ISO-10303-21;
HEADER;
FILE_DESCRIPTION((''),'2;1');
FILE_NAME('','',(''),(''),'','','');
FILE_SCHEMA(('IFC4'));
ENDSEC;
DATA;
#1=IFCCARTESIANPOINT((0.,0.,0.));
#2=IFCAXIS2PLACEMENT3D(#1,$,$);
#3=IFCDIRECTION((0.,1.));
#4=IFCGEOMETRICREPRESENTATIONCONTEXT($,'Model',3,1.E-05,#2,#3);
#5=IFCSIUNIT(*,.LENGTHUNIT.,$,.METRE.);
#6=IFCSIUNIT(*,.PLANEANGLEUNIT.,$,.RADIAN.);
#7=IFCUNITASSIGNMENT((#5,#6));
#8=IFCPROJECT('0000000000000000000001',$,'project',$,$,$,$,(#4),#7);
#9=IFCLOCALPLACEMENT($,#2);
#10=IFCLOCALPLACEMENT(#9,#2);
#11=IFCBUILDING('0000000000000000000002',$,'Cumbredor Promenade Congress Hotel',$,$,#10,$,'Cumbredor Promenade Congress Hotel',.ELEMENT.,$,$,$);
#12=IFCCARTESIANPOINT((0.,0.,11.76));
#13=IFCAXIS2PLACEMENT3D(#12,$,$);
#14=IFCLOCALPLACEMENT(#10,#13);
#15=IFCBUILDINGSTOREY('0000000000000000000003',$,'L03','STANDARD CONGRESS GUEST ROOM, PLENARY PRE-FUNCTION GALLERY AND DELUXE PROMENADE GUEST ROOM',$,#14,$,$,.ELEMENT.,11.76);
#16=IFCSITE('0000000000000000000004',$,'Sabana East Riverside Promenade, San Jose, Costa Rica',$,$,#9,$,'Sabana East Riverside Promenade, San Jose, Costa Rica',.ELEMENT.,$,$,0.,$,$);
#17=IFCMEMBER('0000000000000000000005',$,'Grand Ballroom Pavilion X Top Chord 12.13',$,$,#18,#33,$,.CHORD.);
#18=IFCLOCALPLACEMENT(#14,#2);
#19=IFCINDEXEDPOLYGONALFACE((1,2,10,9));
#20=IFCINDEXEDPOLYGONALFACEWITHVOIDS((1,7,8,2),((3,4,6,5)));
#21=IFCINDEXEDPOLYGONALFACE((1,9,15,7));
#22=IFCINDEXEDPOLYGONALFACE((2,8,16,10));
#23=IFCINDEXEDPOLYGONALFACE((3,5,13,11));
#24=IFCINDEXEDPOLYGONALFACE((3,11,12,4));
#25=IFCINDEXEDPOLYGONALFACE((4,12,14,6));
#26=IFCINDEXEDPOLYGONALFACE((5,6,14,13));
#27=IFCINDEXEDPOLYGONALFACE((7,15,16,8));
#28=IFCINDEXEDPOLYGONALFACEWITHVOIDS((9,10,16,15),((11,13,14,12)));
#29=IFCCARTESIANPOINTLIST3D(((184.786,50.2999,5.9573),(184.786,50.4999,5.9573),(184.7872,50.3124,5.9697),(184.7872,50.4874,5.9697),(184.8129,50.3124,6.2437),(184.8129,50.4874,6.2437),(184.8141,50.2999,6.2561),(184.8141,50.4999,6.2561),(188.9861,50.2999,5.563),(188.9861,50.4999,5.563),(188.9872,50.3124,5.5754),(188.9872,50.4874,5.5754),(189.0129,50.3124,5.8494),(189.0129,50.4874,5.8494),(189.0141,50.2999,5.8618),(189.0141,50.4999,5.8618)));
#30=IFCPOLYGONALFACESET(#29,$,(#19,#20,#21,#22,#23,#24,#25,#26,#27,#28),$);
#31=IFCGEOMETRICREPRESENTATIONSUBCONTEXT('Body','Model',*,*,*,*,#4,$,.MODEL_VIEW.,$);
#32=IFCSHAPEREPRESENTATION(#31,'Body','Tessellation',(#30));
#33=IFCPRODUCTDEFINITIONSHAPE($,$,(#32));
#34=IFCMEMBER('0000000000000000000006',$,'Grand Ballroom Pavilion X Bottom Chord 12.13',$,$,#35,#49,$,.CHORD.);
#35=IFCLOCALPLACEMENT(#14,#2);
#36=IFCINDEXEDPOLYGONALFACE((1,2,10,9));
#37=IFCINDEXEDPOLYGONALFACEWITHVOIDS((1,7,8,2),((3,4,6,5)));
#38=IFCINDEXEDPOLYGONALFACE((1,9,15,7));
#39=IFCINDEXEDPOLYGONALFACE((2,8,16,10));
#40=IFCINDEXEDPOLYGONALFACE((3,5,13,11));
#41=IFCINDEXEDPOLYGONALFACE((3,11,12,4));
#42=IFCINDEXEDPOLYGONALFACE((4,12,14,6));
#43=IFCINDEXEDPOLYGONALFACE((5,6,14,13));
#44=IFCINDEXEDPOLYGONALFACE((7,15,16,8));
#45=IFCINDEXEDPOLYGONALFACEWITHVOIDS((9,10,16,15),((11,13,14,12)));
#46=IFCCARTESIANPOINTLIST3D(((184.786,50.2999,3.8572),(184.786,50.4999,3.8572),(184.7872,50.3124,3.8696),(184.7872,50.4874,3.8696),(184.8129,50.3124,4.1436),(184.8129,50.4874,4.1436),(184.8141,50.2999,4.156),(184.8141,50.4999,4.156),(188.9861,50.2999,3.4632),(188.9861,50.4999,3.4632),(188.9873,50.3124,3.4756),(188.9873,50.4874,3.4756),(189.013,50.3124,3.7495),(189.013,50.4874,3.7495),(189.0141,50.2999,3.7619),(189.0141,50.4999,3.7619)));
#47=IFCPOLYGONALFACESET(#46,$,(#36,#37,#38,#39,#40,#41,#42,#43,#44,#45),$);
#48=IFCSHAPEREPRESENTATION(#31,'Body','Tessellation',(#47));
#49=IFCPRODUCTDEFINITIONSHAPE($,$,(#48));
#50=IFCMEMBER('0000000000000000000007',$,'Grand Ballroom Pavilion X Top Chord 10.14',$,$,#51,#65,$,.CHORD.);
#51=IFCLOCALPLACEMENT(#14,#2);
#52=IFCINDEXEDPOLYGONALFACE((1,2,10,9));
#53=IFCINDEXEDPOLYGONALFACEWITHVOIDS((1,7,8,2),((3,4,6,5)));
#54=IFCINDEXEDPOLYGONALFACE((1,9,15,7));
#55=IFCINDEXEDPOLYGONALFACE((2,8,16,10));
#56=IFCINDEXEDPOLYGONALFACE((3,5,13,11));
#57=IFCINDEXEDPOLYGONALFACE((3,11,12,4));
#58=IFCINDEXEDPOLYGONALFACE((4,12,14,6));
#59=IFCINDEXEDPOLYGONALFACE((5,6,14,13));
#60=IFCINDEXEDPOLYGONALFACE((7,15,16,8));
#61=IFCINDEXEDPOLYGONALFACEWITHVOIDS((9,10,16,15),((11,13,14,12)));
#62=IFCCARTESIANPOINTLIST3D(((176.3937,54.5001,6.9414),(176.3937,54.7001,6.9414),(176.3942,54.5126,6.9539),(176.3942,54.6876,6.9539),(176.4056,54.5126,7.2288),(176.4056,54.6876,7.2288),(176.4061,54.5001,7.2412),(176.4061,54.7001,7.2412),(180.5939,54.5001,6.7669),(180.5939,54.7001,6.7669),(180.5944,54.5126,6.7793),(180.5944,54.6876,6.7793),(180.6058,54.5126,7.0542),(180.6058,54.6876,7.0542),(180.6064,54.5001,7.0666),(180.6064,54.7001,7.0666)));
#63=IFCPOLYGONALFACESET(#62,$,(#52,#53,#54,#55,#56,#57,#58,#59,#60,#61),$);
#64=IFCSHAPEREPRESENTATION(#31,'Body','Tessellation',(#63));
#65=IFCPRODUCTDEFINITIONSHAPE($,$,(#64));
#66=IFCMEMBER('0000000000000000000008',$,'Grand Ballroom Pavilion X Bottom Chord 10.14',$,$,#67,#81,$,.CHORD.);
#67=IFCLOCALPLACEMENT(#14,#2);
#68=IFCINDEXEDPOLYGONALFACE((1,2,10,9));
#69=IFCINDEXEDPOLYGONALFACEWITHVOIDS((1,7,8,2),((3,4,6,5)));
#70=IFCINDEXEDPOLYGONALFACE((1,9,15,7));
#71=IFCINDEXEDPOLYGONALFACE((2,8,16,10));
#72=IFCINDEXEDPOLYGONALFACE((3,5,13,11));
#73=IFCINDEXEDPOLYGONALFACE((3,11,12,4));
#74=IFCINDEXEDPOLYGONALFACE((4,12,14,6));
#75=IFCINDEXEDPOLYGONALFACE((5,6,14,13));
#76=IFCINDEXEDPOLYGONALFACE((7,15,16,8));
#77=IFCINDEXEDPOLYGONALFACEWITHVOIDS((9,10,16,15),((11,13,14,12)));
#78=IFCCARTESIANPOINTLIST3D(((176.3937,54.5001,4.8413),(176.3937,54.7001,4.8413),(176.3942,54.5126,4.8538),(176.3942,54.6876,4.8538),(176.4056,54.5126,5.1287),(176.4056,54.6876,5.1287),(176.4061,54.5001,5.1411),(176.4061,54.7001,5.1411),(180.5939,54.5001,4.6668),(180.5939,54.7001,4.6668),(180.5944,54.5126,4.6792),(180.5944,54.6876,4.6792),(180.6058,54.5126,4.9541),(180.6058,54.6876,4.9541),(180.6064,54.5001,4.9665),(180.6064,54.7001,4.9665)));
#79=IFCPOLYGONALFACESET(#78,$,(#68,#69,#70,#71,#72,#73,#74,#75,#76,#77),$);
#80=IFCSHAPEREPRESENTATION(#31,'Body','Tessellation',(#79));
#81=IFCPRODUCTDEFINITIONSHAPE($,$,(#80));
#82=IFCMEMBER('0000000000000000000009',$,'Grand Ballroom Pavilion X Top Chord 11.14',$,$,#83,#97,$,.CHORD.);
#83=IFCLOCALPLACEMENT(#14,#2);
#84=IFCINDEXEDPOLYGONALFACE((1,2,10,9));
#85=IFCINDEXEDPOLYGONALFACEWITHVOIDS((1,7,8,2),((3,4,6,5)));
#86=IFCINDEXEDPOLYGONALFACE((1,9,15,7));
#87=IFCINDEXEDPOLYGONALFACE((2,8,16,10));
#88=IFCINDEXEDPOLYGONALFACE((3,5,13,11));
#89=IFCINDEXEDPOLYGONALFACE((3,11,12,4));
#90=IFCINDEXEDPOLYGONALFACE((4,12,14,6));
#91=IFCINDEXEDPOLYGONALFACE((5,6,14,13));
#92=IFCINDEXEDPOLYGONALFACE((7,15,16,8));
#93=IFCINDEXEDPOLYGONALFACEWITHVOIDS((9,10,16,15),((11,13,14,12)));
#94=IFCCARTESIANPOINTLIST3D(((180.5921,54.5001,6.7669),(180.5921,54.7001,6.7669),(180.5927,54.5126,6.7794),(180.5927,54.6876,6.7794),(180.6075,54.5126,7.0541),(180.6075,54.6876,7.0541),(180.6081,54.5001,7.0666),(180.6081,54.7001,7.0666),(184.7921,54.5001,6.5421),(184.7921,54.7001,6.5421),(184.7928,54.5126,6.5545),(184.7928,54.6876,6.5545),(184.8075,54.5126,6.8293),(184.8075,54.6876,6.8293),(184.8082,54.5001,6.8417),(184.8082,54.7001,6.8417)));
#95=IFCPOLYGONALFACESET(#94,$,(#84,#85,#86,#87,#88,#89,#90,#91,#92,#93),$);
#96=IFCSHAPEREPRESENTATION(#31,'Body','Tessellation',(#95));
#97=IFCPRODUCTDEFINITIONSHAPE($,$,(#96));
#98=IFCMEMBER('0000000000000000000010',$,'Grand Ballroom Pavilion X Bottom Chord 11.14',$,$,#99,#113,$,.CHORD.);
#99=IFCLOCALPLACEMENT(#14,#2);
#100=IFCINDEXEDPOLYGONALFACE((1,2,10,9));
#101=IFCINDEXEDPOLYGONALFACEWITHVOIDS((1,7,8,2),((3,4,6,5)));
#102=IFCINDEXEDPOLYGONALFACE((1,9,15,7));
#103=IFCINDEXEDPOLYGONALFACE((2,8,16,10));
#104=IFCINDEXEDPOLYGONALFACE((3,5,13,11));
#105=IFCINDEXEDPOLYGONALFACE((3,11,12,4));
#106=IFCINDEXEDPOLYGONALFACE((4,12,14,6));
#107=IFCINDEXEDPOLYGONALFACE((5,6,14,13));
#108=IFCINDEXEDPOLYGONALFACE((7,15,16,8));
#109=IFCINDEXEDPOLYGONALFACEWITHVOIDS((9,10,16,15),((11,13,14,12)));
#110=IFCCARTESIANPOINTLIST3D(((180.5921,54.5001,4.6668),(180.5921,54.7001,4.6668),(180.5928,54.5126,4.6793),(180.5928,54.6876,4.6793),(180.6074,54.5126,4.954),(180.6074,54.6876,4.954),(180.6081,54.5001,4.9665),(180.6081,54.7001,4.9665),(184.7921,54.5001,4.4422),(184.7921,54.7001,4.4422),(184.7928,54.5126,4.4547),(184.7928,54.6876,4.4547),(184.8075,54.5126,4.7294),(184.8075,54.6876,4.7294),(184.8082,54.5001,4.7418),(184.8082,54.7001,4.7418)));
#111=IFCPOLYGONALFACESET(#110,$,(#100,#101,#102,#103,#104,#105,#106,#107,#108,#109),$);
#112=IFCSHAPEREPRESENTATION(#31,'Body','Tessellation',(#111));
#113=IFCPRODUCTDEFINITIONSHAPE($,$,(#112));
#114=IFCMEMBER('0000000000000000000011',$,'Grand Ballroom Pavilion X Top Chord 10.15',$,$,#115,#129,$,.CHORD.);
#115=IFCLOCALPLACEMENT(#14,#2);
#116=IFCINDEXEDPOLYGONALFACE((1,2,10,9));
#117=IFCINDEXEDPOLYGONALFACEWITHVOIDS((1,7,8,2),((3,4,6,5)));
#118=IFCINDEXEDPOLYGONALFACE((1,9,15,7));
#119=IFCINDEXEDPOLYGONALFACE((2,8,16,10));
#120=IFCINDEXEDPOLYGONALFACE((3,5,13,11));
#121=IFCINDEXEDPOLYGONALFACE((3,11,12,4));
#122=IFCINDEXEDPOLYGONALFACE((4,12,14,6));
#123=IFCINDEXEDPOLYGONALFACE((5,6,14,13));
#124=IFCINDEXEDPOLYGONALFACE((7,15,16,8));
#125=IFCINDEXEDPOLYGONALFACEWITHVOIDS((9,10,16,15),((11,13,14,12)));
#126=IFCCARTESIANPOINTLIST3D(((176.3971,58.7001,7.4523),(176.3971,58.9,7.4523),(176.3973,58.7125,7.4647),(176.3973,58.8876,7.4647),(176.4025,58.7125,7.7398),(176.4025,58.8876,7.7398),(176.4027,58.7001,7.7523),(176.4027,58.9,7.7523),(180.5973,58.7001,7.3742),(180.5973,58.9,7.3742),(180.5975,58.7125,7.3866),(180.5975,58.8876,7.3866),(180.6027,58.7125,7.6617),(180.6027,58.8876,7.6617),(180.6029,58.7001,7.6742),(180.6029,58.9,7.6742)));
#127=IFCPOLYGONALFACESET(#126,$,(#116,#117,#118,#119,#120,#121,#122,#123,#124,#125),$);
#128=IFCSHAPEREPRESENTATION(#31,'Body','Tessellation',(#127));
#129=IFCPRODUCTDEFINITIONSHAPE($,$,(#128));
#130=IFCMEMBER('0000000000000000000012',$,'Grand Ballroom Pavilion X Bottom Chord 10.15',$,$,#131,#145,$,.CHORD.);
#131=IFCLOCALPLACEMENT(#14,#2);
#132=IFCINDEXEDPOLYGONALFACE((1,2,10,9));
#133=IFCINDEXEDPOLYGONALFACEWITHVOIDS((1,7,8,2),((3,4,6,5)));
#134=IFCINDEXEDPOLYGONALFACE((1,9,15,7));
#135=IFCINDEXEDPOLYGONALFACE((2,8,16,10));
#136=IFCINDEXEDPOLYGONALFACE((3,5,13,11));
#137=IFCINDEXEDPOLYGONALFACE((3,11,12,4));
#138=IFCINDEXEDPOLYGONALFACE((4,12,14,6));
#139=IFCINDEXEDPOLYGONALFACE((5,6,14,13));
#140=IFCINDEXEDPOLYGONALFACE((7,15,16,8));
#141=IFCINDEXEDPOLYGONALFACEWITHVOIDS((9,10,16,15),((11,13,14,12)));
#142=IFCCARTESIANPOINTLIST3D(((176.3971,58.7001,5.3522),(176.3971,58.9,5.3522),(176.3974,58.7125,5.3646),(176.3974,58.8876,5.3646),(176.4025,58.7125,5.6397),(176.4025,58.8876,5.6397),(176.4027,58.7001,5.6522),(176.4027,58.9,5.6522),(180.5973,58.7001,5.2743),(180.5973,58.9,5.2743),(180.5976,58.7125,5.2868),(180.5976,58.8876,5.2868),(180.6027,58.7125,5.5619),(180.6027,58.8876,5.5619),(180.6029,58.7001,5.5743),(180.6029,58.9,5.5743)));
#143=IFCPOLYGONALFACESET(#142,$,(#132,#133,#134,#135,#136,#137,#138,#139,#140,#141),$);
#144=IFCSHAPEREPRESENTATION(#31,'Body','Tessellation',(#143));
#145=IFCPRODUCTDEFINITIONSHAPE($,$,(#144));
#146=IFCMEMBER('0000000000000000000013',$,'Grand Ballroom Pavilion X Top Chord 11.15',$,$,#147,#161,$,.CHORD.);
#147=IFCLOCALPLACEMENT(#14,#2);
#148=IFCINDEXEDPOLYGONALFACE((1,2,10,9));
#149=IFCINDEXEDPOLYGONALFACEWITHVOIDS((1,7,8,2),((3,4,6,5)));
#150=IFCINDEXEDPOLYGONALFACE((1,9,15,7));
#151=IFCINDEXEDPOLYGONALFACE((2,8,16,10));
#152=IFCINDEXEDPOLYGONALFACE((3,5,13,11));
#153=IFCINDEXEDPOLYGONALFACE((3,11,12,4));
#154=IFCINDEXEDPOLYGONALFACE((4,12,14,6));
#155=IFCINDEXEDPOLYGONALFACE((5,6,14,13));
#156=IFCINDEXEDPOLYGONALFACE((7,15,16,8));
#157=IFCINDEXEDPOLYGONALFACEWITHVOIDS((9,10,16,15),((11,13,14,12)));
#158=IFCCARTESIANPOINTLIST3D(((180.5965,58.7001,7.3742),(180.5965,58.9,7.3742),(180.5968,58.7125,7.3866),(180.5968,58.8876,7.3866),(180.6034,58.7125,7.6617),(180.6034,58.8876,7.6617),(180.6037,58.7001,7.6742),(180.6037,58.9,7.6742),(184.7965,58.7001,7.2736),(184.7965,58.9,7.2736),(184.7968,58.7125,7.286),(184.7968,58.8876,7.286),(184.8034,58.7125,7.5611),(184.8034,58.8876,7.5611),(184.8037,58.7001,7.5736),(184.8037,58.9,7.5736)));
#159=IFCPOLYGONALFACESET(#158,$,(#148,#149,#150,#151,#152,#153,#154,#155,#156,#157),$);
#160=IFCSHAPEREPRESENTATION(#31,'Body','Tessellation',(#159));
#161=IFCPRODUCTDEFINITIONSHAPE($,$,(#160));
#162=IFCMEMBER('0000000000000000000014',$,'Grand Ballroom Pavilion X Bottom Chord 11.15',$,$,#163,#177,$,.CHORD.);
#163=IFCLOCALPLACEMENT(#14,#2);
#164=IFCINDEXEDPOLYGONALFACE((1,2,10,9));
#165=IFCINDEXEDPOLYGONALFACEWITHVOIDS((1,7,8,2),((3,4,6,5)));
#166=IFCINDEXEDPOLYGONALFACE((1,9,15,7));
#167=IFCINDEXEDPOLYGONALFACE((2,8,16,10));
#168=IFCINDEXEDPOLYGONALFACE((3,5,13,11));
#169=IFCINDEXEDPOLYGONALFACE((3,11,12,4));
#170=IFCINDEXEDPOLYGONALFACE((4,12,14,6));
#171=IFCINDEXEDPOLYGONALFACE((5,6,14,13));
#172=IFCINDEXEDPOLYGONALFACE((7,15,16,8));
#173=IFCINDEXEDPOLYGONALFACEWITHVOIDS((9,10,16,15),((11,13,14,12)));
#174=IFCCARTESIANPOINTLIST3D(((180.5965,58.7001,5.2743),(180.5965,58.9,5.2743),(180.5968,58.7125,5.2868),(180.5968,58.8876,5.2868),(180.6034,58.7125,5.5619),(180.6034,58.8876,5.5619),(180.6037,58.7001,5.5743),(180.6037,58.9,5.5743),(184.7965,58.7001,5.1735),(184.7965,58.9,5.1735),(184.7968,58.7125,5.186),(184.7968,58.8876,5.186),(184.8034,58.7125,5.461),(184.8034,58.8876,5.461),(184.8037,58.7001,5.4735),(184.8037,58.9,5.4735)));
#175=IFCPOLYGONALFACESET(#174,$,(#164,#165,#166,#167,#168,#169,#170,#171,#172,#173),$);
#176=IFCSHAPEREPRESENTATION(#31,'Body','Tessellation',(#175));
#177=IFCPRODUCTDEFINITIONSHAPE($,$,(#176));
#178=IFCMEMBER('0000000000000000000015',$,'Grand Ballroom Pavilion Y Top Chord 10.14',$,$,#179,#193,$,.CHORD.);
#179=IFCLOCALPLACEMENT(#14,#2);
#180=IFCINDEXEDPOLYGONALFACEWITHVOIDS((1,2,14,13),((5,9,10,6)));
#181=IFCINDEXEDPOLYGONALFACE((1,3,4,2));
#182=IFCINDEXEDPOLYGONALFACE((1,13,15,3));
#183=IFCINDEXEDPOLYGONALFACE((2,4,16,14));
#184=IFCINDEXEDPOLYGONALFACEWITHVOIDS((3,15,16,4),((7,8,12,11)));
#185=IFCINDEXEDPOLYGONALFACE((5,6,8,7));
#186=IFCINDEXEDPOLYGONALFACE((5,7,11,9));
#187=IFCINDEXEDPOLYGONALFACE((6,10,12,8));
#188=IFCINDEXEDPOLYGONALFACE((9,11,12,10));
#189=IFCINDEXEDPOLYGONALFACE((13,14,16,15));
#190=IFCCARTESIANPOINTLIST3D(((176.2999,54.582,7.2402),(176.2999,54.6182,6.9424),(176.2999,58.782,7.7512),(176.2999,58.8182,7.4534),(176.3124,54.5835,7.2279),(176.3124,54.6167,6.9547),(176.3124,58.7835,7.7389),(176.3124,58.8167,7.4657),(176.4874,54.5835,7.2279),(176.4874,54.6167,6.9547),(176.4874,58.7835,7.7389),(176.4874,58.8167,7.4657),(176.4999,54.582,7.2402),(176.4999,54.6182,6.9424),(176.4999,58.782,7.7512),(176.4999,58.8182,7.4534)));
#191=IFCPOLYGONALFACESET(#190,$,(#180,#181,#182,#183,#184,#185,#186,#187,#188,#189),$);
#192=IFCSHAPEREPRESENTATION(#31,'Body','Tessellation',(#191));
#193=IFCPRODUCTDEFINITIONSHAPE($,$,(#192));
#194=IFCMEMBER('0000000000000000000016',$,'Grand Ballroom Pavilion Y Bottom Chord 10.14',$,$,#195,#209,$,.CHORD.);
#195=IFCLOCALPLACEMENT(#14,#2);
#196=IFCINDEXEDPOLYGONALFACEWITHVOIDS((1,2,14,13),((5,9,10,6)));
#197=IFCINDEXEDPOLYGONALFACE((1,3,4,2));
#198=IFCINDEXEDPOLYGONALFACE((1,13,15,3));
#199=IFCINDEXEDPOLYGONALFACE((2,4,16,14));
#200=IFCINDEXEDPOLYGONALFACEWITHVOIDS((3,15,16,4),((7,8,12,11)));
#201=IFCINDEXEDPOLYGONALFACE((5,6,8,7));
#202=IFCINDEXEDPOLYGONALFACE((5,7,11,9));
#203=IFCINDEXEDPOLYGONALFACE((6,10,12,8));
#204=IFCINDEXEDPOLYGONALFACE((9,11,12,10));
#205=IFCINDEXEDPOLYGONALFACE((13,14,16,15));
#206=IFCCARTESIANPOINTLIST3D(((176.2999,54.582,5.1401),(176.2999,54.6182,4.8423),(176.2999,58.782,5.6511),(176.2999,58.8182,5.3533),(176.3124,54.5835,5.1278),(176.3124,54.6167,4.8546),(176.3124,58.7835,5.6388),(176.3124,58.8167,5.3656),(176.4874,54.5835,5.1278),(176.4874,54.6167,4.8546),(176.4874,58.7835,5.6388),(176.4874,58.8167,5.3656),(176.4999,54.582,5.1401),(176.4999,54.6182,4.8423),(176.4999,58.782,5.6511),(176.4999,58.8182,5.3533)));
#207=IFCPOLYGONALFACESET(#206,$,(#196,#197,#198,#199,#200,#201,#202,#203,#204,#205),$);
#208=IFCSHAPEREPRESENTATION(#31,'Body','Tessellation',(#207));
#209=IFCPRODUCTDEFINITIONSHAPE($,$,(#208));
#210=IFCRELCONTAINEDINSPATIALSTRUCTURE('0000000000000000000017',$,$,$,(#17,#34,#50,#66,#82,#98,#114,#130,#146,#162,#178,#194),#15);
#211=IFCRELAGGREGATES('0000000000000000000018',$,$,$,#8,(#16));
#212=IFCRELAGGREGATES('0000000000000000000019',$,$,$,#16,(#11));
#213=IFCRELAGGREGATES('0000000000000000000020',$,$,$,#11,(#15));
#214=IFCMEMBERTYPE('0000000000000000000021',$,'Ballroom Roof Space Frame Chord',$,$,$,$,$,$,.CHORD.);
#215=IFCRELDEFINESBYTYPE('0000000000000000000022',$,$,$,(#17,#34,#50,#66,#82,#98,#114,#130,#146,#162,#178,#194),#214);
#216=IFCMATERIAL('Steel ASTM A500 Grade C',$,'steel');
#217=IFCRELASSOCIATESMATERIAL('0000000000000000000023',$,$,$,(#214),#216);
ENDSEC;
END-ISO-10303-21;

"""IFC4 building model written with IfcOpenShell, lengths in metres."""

from ifc_helpers import new_model, si_unit, direction, frame, origin, origin_2d, place, context, subcontext, project, spatial, hollow_rectangle, extrude, material, material_profile, profile_set, type_object, element, save


model = new_model("IFC4")

# Units and contexts
model_context = context("Model", 3, precision=1e-05, world=origin(), true_north=direction((0.0, 1.0)))
body_context = subcontext(model_context, "Body", "Model", "MODEL_VIEW")
ifc_project = project(units=[si_unit("LENGTHUNIT", "METRE"), si_unit("PLANEANGLEUNIT", "RADIAN")], contexts=[model_context])

# Site, building, storey
site_placement = place(None, origin())
site = spatial("IfcSite", under=ifc_project, at=site_placement, Name="Sabana East Riverside Promenade, San Jose, Costa Rica", LongName="Sabana East Riverside Promenade, San Jose, Costa Rica", CompositionType="ELEMENT", RefElevation=0.0)
building_placement = place(site_placement, origin())
building = spatial("IfcBuilding", under=site, at=building_placement, Name="Cumbredor Promenade Congress Hotel", LongName="Cumbredor Promenade Congress Hotel", CompositionType="ELEMENT")
storey_placement = place(building_placement, frame((0.0, 0.0, 11.76)))
storey = spatial("IfcBuildingStorey", under=building, at=storey_placement, Name="L03", Description="STANDARD CONGRESS GUEST ROOM, PLENARY PRE-FUNCTION GALLERY AND DELUXE PROMENADE GUEST ROOM", CompositionType="ELEMENT", Elevation=11.76)

# Members
ifc_material_1 = material(Name="Steel ASTM A500 Grade C", Category="steel")
ifc_material_profile_1 = material_profile(ifc_material_1, hollow_rectangle(XDim=0.2, YDim=0.3, WallThickness=0.0125, at=origin_2d()), Name="HSS 300x200x12.5")
ifc_profile_set_1 = profile_set([ifc_material_profile_1], Name="Steel ASTM A500 Grade C")
member_type_1 = type_object("IfcMemberType", Name="Ballroom Roof Space Frame Chord", PredefinedType="CHORD", material=ifc_profile_set_1)
for number, where, z_axis, x_axis, name in (
    (1, (184.8, 50.3999, 6.1067), (0.995622, 0.0, -0.093468), (0.0, 1.0, 0.0), "Grand Ballroom Pavilion X Top Chord 12.13"),
    (2, (184.8, 50.3999, 4.0066), (0.995628, 0.0, -0.093411), (0.0, 1.0, 0.0), "Grand Ballroom Pavilion X Bottom Chord 12.13"),
):
    element("IfcMember", number, at=place(storey_placement, frame(where, z_axis=z_axis, x_axis=x_axis)), inside=storey, type_object=member_type_1, Name=name, PredefinedType="CHORD", context=body_context, shape_type="SweptSolid", body=[
        extrude(hollow_rectangle(XDim=0.2, YDim=0.3, WallThickness=0.0125, at=origin_2d()), origin(), (0.0, 0.0, 1.0), 4.2185),
    ])
for number, where, z_axis, x_axis, name in (
    (3, (176.3999, 54.6001, 7.0913), (0.999137, 0.0, -0.041524), (0.0, 1.0, 0.0), "Grand Ballroom Pavilion X Top Chord 10.14"),
    (4, (176.3999, 54.6001, 4.9912), (0.999137, 0.0, -0.041524), (0.0, 1.0, 0.0), "Grand Ballroom Pavilion X Bottom Chord 10.14"),
):
    element("IfcMember", number, at=place(storey_placement, frame(where, z_axis=z_axis, x_axis=x_axis)), inside=storey, type_object=member_type_1, Name=name, PredefinedType="CHORD", context=body_context, shape_type="SweptSolid", body=[
        extrude(hollow_rectangle(XDim=0.2, YDim=0.3, WallThickness=0.0125, at=origin_2d()), origin(), (0.0, 0.0, 1.0), 4.2039),
    ])
for number, where, z_axis, x_axis, name in (
    (5, (180.6001, 54.6001, 6.9167), (0.99857, 0.0, -0.053461), (0.0, 1.0, 0.0), "Grand Ballroom Pavilion X Top Chord 11.14"),
    (6, (180.6001, 54.6001, 4.8167), (0.998573, 0.0, -0.053403), (0.0, 1.0, 0.0), "Grand Ballroom Pavilion X Bottom Chord 11.14"),
):
    element("IfcMember", number, at=place(storey_placement, frame(where, z_axis=z_axis, x_axis=x_axis)), inside=storey, type_object=member_type_1, Name=name, PredefinedType="CHORD", context=body_context, shape_type="SweptSolid", body=[
        extrude(hollow_rectangle(XDim=0.2, YDim=0.3, WallThickness=0.0125, at=origin_2d()), origin(), (0.0, 0.0, 1.0), 4.2061),
    ])
for number, where, z_axis, x_axis, name in (
    (7, (176.3999, 58.8, 7.6023), (0.999827, 0.0, -0.018597), (0.0, 1.0, 0.0), "Grand Ballroom Pavilion X Top Chord 10.15"),
    (8, (176.3999, 58.8, 5.5022), (0.999828, 0.0, -0.018539), (0.0, 1.0, 0.0), "Grand Ballroom Pavilion X Bottom Chord 10.15"),
):
    element("IfcMember", number, at=place(storey_placement, frame(where, z_axis=z_axis, x_axis=x_axis)), inside=storey, type_object=member_type_1, Name=name, PredefinedType="CHORD", context=body_context, shape_type="SweptSolid", body=[
        extrude(hollow_rectangle(XDim=0.2, YDim=0.3, WallThickness=0.0125, at=origin_2d()), origin(), (0.0, 0.0, 1.0), 4.2009),
    ])
for number, where, z_axis, x_axis, name in (
    (9, (180.6001, 58.8, 7.5242), (0.999713, 0.0, -0.023942), (0.0, 1.0, 0.0), "Grand Ballroom Pavilion X Top Chord 11.15"),
    (10, (180.6001, 58.8, 5.4243), (0.999712, 0.0, -0.024001), (0.0, 1.0, 0.0), "Grand Ballroom Pavilion X Bottom Chord 11.15"),
):
    element("IfcMember", number, at=place(storey_placement, frame(where, z_axis=z_axis, x_axis=x_axis)), inside=storey, type_object=member_type_1, Name=name, PredefinedType="CHORD", context=body_context, shape_type="SweptSolid", body=[
        extrude(hollow_rectangle(XDim=0.2, YDim=0.3, WallThickness=0.0125, at=origin_2d()), origin(), (0.0, 0.0, 1.0), 4.2012),
    ])
for number, where, z_axis, x_axis, name in (
    (11, (176.3999, 54.6001, 7.0913), (0.0, 0.99268, 0.120774), (-1.0, 0.0, 0.0), "Grand Ballroom Pavilion Y Top Chord 10.14"),
    (12, (176.3999, 54.6001, 4.9912), (0.0, 0.99268, 0.120774), (-1.0, 0.0, 0.0), "Grand Ballroom Pavilion Y Bottom Chord 10.14"),
):
    element("IfcMember", number, at=place(storey_placement, frame(where, z_axis=z_axis, x_axis=x_axis)), inside=storey, type_object=member_type_1, Name=name, PredefinedType="CHORD", context=body_context, shape_type="SweptSolid", body=[
        extrude(hollow_rectangle(XDim=0.2, YDim=0.3, WallThickness=0.0125, at=origin_2d()), origin(), (0.0, 0.0, 1.0), 4.231),
    ])

save(model, "model.ifc")
